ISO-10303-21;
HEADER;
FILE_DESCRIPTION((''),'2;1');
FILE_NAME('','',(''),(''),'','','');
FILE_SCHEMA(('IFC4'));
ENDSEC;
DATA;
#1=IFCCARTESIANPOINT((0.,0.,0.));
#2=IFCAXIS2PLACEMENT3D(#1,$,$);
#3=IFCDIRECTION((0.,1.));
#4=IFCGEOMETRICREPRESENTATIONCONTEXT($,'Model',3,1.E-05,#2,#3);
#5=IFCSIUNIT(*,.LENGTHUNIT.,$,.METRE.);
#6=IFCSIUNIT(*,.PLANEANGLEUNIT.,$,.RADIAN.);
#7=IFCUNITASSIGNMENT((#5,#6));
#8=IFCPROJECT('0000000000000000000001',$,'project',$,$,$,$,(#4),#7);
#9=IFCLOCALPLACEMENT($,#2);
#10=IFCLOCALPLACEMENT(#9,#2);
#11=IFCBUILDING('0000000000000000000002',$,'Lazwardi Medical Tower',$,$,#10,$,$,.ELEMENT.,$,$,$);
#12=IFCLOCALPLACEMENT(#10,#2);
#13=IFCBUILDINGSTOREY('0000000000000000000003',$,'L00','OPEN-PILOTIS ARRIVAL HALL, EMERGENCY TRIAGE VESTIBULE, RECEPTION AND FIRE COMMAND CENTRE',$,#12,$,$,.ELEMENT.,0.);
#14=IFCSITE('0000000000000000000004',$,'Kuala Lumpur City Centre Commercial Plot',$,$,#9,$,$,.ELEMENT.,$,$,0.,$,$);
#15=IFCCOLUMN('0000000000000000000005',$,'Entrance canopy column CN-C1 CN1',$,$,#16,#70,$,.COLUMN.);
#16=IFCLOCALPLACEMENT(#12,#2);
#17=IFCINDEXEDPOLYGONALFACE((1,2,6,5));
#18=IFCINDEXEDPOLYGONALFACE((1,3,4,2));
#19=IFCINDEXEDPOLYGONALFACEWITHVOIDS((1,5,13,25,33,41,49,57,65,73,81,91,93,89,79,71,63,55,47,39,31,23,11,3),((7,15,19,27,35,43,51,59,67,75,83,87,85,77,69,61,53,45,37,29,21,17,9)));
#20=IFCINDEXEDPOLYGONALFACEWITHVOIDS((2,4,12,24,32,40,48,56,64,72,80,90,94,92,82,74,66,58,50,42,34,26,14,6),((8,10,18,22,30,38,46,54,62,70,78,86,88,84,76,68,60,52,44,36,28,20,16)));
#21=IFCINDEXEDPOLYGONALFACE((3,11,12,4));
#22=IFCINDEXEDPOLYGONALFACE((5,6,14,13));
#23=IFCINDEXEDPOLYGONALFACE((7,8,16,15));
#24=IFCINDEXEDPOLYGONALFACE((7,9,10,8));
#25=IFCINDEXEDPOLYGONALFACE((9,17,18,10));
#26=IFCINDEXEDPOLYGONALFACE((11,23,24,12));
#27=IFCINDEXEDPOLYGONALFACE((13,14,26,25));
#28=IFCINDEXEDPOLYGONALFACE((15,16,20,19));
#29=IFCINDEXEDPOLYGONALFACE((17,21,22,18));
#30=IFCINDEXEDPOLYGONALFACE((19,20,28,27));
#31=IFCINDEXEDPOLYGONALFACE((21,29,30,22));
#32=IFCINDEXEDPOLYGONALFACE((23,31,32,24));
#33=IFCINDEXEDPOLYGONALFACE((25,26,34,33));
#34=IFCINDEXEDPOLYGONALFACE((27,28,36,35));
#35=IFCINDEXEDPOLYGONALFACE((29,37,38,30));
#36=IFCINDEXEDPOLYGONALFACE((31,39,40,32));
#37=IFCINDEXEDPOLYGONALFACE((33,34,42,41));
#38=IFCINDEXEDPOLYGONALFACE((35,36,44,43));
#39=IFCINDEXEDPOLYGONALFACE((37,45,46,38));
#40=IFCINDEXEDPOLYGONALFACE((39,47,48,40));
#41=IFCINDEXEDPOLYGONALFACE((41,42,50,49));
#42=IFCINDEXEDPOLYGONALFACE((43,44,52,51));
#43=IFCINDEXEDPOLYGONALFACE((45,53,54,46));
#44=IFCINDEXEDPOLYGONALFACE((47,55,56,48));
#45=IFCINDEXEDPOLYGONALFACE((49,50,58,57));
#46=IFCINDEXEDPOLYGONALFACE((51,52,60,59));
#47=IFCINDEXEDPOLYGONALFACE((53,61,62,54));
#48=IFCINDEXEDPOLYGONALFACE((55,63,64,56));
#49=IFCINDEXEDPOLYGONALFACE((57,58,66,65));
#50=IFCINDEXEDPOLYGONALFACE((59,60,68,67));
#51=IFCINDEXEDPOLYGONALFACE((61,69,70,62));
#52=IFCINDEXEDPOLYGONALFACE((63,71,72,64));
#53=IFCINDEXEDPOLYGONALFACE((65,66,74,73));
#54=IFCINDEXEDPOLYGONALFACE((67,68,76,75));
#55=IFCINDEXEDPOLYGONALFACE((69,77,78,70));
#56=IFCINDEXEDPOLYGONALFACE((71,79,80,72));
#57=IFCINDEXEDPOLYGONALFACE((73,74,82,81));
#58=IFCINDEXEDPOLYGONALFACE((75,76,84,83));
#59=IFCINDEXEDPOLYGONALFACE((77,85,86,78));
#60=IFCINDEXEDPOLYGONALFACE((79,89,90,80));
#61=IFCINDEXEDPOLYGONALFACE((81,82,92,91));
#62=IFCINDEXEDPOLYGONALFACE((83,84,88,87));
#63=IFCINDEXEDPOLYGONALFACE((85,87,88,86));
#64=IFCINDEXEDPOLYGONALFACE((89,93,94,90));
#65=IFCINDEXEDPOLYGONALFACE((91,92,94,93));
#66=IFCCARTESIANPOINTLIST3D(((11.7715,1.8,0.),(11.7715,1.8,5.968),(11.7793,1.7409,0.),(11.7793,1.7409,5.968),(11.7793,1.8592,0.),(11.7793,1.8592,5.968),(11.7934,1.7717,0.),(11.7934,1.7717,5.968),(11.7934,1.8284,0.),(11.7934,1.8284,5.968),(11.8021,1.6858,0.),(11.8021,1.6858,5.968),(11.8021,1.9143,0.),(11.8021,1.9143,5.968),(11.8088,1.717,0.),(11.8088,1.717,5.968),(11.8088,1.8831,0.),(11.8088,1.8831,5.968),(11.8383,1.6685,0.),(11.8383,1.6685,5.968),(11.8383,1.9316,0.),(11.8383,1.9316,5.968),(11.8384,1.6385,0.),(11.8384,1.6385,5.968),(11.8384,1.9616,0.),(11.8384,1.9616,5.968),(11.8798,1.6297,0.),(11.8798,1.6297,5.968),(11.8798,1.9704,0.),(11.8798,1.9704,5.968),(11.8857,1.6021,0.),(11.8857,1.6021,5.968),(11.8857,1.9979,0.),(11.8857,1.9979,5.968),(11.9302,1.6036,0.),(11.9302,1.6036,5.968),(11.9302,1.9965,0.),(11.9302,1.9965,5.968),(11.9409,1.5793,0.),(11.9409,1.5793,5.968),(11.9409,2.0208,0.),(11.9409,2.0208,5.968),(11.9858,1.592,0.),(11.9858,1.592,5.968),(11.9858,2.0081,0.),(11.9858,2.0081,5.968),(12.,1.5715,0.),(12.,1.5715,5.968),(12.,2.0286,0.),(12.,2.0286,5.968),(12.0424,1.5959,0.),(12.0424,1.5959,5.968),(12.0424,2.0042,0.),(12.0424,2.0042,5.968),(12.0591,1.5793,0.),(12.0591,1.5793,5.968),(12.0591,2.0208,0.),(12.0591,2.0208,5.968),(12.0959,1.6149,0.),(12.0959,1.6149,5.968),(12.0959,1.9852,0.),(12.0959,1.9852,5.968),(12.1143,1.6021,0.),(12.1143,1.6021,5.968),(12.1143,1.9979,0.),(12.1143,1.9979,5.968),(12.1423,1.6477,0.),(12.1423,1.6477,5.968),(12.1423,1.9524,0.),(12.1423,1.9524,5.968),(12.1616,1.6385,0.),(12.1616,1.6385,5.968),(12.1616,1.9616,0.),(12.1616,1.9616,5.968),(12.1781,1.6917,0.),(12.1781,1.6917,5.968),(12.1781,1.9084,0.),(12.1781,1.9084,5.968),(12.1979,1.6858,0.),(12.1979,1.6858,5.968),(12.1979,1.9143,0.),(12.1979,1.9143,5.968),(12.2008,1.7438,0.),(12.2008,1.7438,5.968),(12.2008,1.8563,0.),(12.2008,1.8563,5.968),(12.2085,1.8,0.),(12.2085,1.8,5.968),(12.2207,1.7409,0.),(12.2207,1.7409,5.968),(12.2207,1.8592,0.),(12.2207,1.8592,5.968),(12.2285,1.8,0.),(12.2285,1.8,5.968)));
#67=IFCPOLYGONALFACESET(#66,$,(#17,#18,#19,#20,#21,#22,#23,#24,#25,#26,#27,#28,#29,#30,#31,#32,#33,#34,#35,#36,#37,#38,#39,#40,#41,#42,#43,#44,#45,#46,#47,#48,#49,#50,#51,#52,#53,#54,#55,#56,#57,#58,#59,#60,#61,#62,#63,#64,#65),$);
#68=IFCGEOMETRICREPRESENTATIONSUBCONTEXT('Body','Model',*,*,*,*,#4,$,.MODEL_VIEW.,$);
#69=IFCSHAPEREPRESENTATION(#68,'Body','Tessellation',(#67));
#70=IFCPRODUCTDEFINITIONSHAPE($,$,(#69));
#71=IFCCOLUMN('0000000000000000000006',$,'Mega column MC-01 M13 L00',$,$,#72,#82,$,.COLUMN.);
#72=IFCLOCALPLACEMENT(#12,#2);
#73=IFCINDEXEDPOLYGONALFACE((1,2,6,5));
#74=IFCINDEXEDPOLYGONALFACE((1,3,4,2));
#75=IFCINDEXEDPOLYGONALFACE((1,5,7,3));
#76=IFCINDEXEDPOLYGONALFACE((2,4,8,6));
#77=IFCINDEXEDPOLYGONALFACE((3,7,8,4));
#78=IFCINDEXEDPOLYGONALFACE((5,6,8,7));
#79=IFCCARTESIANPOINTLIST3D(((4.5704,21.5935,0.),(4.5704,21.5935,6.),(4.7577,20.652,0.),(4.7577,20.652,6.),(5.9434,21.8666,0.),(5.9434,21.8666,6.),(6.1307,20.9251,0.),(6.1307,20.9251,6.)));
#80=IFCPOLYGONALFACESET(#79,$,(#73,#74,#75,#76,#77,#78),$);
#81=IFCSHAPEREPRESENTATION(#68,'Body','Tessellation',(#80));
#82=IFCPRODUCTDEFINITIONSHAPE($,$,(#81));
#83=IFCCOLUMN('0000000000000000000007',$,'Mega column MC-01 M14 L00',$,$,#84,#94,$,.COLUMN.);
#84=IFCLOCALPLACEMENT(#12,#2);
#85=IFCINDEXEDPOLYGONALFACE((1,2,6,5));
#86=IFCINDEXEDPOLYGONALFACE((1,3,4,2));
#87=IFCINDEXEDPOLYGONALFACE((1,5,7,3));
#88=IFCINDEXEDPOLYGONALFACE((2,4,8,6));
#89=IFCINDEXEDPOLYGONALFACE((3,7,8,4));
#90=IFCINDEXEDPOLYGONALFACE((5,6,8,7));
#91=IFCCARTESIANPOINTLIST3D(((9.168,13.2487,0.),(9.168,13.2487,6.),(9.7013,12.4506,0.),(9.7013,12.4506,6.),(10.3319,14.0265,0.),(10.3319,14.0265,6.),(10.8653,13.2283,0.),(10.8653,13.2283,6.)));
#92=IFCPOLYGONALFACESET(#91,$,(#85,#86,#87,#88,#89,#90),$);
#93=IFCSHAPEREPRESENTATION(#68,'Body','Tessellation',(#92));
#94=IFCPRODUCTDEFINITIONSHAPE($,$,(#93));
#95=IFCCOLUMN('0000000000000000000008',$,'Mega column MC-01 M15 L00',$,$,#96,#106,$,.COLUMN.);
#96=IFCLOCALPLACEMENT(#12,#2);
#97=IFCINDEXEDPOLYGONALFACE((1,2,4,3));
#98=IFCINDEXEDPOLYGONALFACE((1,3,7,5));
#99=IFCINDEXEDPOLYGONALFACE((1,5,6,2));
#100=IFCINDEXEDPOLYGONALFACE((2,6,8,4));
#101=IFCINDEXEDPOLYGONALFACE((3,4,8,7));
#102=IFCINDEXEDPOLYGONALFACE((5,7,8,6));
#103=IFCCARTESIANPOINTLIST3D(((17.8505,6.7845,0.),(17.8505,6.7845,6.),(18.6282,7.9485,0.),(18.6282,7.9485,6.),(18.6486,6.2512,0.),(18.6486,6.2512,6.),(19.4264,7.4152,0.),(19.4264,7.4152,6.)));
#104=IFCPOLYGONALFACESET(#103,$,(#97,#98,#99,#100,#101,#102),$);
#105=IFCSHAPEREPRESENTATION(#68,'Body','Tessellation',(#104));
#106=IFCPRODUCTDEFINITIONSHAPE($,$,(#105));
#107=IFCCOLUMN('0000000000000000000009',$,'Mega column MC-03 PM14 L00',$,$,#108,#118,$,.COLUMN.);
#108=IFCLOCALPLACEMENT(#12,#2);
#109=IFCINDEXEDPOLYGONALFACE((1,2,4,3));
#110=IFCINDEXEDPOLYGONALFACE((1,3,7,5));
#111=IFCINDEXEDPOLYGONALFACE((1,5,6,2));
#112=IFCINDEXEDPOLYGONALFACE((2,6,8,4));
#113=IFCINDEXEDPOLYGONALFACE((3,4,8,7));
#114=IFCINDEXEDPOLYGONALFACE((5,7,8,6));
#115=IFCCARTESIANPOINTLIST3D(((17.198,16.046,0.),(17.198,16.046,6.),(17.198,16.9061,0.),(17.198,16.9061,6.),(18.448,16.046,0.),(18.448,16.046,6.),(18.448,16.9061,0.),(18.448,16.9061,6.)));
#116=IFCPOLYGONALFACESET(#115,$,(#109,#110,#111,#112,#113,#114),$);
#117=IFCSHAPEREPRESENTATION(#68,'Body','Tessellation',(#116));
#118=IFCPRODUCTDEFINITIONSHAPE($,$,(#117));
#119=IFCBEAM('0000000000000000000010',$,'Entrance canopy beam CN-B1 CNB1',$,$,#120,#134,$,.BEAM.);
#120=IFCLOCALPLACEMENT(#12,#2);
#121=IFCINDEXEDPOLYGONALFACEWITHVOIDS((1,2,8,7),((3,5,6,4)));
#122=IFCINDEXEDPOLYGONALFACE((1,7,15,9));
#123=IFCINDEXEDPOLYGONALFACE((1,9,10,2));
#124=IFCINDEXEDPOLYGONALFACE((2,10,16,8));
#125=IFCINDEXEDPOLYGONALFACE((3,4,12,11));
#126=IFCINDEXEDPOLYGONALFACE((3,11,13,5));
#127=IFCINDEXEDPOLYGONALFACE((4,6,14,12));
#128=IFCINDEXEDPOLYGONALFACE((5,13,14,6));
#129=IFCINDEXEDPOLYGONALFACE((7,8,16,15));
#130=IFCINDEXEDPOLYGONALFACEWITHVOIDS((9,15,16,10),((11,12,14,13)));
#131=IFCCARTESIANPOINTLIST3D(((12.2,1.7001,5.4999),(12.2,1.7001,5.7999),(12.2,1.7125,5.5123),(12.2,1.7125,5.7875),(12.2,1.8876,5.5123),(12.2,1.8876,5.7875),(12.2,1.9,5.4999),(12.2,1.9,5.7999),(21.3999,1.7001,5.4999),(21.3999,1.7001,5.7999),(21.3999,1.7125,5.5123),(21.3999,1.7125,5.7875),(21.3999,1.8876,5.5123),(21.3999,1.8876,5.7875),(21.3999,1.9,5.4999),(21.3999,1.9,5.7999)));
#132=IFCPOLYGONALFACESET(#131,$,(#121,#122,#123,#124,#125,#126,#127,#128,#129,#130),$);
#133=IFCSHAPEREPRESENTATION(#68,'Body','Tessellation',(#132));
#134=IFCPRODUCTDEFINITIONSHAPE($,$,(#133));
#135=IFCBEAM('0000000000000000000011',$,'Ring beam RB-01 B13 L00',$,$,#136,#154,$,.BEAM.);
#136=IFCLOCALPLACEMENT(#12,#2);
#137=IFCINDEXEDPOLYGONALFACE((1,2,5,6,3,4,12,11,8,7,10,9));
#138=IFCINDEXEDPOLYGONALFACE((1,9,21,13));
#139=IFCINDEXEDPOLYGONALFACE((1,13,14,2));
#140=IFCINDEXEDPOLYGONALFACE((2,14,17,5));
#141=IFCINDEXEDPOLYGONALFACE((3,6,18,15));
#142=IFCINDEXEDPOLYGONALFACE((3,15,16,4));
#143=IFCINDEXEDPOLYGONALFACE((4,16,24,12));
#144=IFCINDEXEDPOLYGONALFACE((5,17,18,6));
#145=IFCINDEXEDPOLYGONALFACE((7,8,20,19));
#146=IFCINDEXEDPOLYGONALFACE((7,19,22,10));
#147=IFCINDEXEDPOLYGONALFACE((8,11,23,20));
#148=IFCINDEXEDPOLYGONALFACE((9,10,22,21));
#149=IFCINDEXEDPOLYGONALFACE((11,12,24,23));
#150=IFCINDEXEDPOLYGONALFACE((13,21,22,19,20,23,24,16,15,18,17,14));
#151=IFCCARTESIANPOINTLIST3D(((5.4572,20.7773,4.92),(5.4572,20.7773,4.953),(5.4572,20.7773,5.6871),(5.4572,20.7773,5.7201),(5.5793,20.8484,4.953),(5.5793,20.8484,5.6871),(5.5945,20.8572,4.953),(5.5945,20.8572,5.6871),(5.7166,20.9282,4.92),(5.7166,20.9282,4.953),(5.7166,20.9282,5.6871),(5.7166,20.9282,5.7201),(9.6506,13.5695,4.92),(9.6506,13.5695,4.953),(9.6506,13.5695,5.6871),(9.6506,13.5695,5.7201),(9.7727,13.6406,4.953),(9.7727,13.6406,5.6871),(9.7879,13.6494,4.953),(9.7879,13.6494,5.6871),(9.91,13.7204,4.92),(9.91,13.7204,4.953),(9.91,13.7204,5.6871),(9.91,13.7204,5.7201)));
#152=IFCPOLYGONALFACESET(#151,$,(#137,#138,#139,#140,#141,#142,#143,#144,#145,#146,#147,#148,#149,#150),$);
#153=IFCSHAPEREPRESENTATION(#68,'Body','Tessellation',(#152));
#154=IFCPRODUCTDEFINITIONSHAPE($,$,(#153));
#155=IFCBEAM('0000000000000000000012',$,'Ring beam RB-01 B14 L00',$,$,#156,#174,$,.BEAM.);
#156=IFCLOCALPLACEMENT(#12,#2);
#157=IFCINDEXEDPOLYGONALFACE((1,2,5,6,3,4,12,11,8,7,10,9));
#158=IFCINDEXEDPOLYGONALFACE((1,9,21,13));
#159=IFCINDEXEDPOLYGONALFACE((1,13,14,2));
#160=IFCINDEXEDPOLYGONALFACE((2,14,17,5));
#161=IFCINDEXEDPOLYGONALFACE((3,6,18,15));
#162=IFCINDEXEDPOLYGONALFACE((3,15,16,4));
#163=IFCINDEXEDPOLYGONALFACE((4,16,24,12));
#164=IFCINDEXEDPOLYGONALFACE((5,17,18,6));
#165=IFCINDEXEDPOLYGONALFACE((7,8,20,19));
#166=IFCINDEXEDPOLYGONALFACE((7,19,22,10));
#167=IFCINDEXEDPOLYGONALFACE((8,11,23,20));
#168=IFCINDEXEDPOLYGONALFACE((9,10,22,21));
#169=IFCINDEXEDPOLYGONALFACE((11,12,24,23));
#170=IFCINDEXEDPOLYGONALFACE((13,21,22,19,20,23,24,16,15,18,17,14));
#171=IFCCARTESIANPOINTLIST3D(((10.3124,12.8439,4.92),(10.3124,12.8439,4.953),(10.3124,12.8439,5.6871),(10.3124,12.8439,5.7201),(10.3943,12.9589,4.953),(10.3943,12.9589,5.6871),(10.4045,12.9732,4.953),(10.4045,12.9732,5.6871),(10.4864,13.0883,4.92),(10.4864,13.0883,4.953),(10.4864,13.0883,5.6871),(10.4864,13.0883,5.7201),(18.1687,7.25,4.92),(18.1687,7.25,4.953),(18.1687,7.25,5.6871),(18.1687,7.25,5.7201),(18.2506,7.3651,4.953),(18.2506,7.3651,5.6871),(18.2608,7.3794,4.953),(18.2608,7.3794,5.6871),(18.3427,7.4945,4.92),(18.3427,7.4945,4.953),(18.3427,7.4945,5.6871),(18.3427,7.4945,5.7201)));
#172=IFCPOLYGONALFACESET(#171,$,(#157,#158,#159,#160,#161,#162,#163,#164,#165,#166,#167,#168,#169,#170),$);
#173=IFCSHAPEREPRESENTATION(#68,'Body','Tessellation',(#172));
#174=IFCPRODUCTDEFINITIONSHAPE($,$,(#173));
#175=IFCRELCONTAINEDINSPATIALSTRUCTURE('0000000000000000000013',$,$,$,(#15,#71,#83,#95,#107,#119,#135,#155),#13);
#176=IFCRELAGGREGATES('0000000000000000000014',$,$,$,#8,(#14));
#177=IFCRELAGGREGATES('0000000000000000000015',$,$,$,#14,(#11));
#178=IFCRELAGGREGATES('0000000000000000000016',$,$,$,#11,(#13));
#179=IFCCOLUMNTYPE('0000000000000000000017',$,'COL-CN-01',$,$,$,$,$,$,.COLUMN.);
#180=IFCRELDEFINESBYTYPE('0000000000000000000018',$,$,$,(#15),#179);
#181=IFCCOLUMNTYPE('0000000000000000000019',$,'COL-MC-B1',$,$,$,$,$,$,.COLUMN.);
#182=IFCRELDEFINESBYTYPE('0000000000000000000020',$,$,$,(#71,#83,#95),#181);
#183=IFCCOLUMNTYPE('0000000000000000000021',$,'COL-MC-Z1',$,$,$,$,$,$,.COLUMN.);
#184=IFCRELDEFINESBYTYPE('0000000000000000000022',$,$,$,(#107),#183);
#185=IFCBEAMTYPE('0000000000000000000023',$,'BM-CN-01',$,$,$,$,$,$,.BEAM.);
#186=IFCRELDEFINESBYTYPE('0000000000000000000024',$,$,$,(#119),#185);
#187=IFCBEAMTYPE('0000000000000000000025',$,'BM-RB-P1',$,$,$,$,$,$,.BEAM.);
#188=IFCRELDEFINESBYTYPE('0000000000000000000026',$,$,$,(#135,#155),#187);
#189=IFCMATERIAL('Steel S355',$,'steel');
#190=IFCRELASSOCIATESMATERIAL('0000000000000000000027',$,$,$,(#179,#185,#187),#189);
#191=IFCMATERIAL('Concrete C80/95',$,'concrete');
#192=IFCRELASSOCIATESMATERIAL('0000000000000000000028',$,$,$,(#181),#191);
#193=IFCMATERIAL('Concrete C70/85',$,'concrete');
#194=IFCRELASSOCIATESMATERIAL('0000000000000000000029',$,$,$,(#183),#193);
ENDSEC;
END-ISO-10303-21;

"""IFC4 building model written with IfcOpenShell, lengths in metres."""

from ifc_helpers import new_model, si_unit, direction, frame, origin, origin_2d, place, context, subcontext, project, spatial, rectangle, hollow_rectangle, hollow_circle, i_section, extrude, material, material_profile, profile_set, type_object, element, save


model = new_model("IFC4")

# Units and contexts
model_context = context("Model", 3, precision=1e-05, world=origin(), true_north=direction((0.0, 1.0)))
body_context = subcontext(model_context, "Body", "Model", "MODEL_VIEW")
ifc_project = project(units=[si_unit("LENGTHUNIT", "METRE"), si_unit("PLANEANGLEUNIT", "RADIAN")], contexts=[model_context])

# Site, building, storey
site_placement = place(None, origin())
site = spatial("IfcSite", under=ifc_project, at=site_placement, Name="Kuala Lumpur City Centre Commercial Plot", CompositionType="ELEMENT", RefElevation=0.0)
building_placement = place(site_placement, origin())
building = spatial("IfcBuilding", under=site, at=building_placement, Name="Lazwardi Medical Tower", CompositionType="ELEMENT")
storey_placement = place(building_placement, origin())
storey = spatial("IfcBuildingStorey", under=building, at=storey_placement, Name="L00", Description="OPEN-PILOTIS ARRIVAL HALL, EMERGENCY TRIAGE VESTIBULE, RECEPTION AND FIRE COMMAND CENTRE", CompositionType="ELEMENT", Elevation=0.0)

# Columns
ifc_material_1 = material(Name="Steel S355", Category="steel")
ifc_material_profile_1 = material_profile(ifc_material_1, hollow_circle(Radius=0.2285, WallThickness=0.02, at=origin_2d()), Name="CHS 457x20")
ifc_profile_set_1 = profile_set([ifc_material_profile_1], Name="Steel S355")
column_type_1 = type_object("IfcColumnType", Name="COL-CN-01", PredefinedType="COLUMN", material=ifc_profile_set_1)
column_1_placement = place(storey_placement, frame((12.0, 1.8, 0.0), z_axis=(0.0, 0.0, 1.0), x_axis=(1.0, 0.0, 0.0)))
element("IfcColumn", 1, at=column_1_placement, inside=storey, type_object=column_type_1, Name="Entrance canopy column CN-C1 CN1", PredefinedType="COLUMN", context=body_context, shape_type="SweptSolid", body=[
    extrude(hollow_circle(Radius=0.2285, WallThickness=0.02, at=origin_2d()), origin(), (0.0, 0.0, 1.0), 5.968),
])
ifc_material_2 = material(Name="Concrete C80/95", Category="concrete")
ifc_material_profile_2 = material_profile(ifc_material_2, rectangle(XDim=1.3999, YDim=0.96, at=origin_2d()), Name="CFT-RECT 1400x960")
ifc_profile_set_2 = profile_set([ifc_material_profile_2], Name="Concrete C80/95")
column_type_2 = type_object("IfcColumnType", Name="COL-MC-B1", PredefinedType="COLUMN", material=ifc_profile_set_2)
for number, where, z_axis, x_axis, name in (
    (2, (5.3506, 21.2593, 0.0), (0.0, 0.0, 1.0), (-0.980785, -0.19509, 0.0), "Mega column MC-01 M13 L00"),
    (3, (10.0166, 13.2385, 0.0), (0.0, 0.0, 1.0), (-0.83147, -0.55557, 0.0), "Mega column MC-01 M14 L00"),
    (4, (18.6384, 7.0999, 0.0), (0.0, 0.0, 1.0), (-0.55557, -0.83147, 0.0), "Mega column MC-01 M15 L00"),
):
    element("IfcColumn", number, at=place(storey_placement, frame(where, z_axis=z_axis, x_axis=x_axis)), inside=storey, type_object=column_type_2, Name=name, PredefinedType="COLUMN", context=body_context, shape_type="SweptSolid", body=[
        extrude(rectangle(XDim=1.3999, YDim=0.96, at=origin_2d()), origin(), (0.0, 0.0, 1.0), 6.0),
    ])
ifc_material_3 = material(Name="Concrete C70/85", Category="concrete")
ifc_material_profile_3 = material_profile(ifc_material_3, rectangle(XDim=1.25, YDim=0.8601, at=origin_2d()), Name="CFT-RECT 1250x860")
ifc_profile_set_3 = profile_set([ifc_material_profile_3], Name="Concrete C70/85")
column_type_3 = type_object("IfcColumnType", Name="COL-MC-Z1", PredefinedType="COLUMN", material=ifc_profile_set_3)
column_2_placement = place(storey_placement, frame((17.823, 16.4761, 0.0), z_axis=(0.0, 0.0, 1.0), x_axis=(1.0, 0.0, 0.0)))
element("IfcColumn", 5, at=column_2_placement, inside=storey, type_object=column_type_3, Name="Mega column MC-03 PM14 L00", PredefinedType="COLUMN", context=body_context, shape_type="SweptSolid", body=[
    extrude(rectangle(XDim=1.25, YDim=0.8601, at=origin_2d()), origin(), (0.0, 0.0, 1.0), 6.0),
])

# Beams
ifc_material_profile_4 = material_profile(ifc_material_1, hollow_rectangle(XDim=0.2, YDim=0.3, WallThickness=0.0125, at=origin_2d()), Name="RHS 300x200x12.5")
ifc_profile_set_4 = profile_set([ifc_material_profile_4], Name="Steel S355")
beam_type_1 = type_object("IfcBeamType", Name="BM-CN-01", PredefinedType="BEAM", material=ifc_profile_set_4)
beam_1_placement = place(storey_placement, frame((12.2, 1.8, 5.6499), z_axis=(1.0, 0.0, 0.0), x_axis=(0.0, 1.0, 0.0)))
element("IfcBeam", 6, at=beam_1_placement, inside=storey, type_object=beam_type_1, Name="Entrance canopy beam CN-B1 CNB1", PredefinedType="BEAM", context=body_context, shape_type="SweptSolid", body=[
    extrude(hollow_rectangle(XDim=0.2, YDim=0.3, WallThickness=0.0125, at=origin_2d()), origin(), (0.0, 0.0, 1.0), 9.2),
])
ifc_material_profile_5 = material_profile(ifc_material_1, i_section(OverallWidth=0.3, OverallDepth=0.8, WebThickness=0.0176, FlangeThickness=0.033, at=origin_2d()), Name="HEB 800")
ifc_profile_set_5 = profile_set([ifc_material_profile_5], Name="Steel S355")
beam_type_2 = type_object("IfcBeamType", Name="BM-RB-P1", PredefinedType="BEAM", material=ifc_profile_set_5)
beam_2_placement = place(storey_placement, frame((5.5869, 20.8528, 5.3201), z_axis=(0.502871, -0.864361, 0.0), x_axis=(0.864361, 0.502871, 0.0)))
element("IfcBeam", 7, at=beam_2_placement, inside=storey, type_object=beam_type_2, Name="Ring beam RB-01 B13 L00", PredefinedType="BEAM", context=body_context, shape_type="SweptSolid", body=[
    extrude(i_section(OverallWidth=0.3, OverallDepth=0.8, WebThickness=0.0176, FlangeThickness=0.033, at=origin_2d()), origin(), (0.0, 0.0, 1.0), 8.3389),
])
beam_3_placement = place(storey_placement, frame((10.3994, 12.9661, 5.3201), z_axis=(0.814607, -0.580014, 0.0), x_axis=(0.580014, 0.814607, 0.0)))
element("IfcBeam", 8, at=beam_3_placement, inside=storey, type_object=beam_type_2, Name="Ring beam RB-01 B14 L00", PredefinedType="BEAM", context=body_context, shape_type="SweptSolid", body=[
    extrude(i_section(OverallWidth=0.3, OverallDepth=0.8, WebThickness=0.0176, FlangeThickness=0.033, at=origin_2d()), origin(), (0.0, 0.0, 1.0), 9.6443),
])

save(model, "model.ifc")
